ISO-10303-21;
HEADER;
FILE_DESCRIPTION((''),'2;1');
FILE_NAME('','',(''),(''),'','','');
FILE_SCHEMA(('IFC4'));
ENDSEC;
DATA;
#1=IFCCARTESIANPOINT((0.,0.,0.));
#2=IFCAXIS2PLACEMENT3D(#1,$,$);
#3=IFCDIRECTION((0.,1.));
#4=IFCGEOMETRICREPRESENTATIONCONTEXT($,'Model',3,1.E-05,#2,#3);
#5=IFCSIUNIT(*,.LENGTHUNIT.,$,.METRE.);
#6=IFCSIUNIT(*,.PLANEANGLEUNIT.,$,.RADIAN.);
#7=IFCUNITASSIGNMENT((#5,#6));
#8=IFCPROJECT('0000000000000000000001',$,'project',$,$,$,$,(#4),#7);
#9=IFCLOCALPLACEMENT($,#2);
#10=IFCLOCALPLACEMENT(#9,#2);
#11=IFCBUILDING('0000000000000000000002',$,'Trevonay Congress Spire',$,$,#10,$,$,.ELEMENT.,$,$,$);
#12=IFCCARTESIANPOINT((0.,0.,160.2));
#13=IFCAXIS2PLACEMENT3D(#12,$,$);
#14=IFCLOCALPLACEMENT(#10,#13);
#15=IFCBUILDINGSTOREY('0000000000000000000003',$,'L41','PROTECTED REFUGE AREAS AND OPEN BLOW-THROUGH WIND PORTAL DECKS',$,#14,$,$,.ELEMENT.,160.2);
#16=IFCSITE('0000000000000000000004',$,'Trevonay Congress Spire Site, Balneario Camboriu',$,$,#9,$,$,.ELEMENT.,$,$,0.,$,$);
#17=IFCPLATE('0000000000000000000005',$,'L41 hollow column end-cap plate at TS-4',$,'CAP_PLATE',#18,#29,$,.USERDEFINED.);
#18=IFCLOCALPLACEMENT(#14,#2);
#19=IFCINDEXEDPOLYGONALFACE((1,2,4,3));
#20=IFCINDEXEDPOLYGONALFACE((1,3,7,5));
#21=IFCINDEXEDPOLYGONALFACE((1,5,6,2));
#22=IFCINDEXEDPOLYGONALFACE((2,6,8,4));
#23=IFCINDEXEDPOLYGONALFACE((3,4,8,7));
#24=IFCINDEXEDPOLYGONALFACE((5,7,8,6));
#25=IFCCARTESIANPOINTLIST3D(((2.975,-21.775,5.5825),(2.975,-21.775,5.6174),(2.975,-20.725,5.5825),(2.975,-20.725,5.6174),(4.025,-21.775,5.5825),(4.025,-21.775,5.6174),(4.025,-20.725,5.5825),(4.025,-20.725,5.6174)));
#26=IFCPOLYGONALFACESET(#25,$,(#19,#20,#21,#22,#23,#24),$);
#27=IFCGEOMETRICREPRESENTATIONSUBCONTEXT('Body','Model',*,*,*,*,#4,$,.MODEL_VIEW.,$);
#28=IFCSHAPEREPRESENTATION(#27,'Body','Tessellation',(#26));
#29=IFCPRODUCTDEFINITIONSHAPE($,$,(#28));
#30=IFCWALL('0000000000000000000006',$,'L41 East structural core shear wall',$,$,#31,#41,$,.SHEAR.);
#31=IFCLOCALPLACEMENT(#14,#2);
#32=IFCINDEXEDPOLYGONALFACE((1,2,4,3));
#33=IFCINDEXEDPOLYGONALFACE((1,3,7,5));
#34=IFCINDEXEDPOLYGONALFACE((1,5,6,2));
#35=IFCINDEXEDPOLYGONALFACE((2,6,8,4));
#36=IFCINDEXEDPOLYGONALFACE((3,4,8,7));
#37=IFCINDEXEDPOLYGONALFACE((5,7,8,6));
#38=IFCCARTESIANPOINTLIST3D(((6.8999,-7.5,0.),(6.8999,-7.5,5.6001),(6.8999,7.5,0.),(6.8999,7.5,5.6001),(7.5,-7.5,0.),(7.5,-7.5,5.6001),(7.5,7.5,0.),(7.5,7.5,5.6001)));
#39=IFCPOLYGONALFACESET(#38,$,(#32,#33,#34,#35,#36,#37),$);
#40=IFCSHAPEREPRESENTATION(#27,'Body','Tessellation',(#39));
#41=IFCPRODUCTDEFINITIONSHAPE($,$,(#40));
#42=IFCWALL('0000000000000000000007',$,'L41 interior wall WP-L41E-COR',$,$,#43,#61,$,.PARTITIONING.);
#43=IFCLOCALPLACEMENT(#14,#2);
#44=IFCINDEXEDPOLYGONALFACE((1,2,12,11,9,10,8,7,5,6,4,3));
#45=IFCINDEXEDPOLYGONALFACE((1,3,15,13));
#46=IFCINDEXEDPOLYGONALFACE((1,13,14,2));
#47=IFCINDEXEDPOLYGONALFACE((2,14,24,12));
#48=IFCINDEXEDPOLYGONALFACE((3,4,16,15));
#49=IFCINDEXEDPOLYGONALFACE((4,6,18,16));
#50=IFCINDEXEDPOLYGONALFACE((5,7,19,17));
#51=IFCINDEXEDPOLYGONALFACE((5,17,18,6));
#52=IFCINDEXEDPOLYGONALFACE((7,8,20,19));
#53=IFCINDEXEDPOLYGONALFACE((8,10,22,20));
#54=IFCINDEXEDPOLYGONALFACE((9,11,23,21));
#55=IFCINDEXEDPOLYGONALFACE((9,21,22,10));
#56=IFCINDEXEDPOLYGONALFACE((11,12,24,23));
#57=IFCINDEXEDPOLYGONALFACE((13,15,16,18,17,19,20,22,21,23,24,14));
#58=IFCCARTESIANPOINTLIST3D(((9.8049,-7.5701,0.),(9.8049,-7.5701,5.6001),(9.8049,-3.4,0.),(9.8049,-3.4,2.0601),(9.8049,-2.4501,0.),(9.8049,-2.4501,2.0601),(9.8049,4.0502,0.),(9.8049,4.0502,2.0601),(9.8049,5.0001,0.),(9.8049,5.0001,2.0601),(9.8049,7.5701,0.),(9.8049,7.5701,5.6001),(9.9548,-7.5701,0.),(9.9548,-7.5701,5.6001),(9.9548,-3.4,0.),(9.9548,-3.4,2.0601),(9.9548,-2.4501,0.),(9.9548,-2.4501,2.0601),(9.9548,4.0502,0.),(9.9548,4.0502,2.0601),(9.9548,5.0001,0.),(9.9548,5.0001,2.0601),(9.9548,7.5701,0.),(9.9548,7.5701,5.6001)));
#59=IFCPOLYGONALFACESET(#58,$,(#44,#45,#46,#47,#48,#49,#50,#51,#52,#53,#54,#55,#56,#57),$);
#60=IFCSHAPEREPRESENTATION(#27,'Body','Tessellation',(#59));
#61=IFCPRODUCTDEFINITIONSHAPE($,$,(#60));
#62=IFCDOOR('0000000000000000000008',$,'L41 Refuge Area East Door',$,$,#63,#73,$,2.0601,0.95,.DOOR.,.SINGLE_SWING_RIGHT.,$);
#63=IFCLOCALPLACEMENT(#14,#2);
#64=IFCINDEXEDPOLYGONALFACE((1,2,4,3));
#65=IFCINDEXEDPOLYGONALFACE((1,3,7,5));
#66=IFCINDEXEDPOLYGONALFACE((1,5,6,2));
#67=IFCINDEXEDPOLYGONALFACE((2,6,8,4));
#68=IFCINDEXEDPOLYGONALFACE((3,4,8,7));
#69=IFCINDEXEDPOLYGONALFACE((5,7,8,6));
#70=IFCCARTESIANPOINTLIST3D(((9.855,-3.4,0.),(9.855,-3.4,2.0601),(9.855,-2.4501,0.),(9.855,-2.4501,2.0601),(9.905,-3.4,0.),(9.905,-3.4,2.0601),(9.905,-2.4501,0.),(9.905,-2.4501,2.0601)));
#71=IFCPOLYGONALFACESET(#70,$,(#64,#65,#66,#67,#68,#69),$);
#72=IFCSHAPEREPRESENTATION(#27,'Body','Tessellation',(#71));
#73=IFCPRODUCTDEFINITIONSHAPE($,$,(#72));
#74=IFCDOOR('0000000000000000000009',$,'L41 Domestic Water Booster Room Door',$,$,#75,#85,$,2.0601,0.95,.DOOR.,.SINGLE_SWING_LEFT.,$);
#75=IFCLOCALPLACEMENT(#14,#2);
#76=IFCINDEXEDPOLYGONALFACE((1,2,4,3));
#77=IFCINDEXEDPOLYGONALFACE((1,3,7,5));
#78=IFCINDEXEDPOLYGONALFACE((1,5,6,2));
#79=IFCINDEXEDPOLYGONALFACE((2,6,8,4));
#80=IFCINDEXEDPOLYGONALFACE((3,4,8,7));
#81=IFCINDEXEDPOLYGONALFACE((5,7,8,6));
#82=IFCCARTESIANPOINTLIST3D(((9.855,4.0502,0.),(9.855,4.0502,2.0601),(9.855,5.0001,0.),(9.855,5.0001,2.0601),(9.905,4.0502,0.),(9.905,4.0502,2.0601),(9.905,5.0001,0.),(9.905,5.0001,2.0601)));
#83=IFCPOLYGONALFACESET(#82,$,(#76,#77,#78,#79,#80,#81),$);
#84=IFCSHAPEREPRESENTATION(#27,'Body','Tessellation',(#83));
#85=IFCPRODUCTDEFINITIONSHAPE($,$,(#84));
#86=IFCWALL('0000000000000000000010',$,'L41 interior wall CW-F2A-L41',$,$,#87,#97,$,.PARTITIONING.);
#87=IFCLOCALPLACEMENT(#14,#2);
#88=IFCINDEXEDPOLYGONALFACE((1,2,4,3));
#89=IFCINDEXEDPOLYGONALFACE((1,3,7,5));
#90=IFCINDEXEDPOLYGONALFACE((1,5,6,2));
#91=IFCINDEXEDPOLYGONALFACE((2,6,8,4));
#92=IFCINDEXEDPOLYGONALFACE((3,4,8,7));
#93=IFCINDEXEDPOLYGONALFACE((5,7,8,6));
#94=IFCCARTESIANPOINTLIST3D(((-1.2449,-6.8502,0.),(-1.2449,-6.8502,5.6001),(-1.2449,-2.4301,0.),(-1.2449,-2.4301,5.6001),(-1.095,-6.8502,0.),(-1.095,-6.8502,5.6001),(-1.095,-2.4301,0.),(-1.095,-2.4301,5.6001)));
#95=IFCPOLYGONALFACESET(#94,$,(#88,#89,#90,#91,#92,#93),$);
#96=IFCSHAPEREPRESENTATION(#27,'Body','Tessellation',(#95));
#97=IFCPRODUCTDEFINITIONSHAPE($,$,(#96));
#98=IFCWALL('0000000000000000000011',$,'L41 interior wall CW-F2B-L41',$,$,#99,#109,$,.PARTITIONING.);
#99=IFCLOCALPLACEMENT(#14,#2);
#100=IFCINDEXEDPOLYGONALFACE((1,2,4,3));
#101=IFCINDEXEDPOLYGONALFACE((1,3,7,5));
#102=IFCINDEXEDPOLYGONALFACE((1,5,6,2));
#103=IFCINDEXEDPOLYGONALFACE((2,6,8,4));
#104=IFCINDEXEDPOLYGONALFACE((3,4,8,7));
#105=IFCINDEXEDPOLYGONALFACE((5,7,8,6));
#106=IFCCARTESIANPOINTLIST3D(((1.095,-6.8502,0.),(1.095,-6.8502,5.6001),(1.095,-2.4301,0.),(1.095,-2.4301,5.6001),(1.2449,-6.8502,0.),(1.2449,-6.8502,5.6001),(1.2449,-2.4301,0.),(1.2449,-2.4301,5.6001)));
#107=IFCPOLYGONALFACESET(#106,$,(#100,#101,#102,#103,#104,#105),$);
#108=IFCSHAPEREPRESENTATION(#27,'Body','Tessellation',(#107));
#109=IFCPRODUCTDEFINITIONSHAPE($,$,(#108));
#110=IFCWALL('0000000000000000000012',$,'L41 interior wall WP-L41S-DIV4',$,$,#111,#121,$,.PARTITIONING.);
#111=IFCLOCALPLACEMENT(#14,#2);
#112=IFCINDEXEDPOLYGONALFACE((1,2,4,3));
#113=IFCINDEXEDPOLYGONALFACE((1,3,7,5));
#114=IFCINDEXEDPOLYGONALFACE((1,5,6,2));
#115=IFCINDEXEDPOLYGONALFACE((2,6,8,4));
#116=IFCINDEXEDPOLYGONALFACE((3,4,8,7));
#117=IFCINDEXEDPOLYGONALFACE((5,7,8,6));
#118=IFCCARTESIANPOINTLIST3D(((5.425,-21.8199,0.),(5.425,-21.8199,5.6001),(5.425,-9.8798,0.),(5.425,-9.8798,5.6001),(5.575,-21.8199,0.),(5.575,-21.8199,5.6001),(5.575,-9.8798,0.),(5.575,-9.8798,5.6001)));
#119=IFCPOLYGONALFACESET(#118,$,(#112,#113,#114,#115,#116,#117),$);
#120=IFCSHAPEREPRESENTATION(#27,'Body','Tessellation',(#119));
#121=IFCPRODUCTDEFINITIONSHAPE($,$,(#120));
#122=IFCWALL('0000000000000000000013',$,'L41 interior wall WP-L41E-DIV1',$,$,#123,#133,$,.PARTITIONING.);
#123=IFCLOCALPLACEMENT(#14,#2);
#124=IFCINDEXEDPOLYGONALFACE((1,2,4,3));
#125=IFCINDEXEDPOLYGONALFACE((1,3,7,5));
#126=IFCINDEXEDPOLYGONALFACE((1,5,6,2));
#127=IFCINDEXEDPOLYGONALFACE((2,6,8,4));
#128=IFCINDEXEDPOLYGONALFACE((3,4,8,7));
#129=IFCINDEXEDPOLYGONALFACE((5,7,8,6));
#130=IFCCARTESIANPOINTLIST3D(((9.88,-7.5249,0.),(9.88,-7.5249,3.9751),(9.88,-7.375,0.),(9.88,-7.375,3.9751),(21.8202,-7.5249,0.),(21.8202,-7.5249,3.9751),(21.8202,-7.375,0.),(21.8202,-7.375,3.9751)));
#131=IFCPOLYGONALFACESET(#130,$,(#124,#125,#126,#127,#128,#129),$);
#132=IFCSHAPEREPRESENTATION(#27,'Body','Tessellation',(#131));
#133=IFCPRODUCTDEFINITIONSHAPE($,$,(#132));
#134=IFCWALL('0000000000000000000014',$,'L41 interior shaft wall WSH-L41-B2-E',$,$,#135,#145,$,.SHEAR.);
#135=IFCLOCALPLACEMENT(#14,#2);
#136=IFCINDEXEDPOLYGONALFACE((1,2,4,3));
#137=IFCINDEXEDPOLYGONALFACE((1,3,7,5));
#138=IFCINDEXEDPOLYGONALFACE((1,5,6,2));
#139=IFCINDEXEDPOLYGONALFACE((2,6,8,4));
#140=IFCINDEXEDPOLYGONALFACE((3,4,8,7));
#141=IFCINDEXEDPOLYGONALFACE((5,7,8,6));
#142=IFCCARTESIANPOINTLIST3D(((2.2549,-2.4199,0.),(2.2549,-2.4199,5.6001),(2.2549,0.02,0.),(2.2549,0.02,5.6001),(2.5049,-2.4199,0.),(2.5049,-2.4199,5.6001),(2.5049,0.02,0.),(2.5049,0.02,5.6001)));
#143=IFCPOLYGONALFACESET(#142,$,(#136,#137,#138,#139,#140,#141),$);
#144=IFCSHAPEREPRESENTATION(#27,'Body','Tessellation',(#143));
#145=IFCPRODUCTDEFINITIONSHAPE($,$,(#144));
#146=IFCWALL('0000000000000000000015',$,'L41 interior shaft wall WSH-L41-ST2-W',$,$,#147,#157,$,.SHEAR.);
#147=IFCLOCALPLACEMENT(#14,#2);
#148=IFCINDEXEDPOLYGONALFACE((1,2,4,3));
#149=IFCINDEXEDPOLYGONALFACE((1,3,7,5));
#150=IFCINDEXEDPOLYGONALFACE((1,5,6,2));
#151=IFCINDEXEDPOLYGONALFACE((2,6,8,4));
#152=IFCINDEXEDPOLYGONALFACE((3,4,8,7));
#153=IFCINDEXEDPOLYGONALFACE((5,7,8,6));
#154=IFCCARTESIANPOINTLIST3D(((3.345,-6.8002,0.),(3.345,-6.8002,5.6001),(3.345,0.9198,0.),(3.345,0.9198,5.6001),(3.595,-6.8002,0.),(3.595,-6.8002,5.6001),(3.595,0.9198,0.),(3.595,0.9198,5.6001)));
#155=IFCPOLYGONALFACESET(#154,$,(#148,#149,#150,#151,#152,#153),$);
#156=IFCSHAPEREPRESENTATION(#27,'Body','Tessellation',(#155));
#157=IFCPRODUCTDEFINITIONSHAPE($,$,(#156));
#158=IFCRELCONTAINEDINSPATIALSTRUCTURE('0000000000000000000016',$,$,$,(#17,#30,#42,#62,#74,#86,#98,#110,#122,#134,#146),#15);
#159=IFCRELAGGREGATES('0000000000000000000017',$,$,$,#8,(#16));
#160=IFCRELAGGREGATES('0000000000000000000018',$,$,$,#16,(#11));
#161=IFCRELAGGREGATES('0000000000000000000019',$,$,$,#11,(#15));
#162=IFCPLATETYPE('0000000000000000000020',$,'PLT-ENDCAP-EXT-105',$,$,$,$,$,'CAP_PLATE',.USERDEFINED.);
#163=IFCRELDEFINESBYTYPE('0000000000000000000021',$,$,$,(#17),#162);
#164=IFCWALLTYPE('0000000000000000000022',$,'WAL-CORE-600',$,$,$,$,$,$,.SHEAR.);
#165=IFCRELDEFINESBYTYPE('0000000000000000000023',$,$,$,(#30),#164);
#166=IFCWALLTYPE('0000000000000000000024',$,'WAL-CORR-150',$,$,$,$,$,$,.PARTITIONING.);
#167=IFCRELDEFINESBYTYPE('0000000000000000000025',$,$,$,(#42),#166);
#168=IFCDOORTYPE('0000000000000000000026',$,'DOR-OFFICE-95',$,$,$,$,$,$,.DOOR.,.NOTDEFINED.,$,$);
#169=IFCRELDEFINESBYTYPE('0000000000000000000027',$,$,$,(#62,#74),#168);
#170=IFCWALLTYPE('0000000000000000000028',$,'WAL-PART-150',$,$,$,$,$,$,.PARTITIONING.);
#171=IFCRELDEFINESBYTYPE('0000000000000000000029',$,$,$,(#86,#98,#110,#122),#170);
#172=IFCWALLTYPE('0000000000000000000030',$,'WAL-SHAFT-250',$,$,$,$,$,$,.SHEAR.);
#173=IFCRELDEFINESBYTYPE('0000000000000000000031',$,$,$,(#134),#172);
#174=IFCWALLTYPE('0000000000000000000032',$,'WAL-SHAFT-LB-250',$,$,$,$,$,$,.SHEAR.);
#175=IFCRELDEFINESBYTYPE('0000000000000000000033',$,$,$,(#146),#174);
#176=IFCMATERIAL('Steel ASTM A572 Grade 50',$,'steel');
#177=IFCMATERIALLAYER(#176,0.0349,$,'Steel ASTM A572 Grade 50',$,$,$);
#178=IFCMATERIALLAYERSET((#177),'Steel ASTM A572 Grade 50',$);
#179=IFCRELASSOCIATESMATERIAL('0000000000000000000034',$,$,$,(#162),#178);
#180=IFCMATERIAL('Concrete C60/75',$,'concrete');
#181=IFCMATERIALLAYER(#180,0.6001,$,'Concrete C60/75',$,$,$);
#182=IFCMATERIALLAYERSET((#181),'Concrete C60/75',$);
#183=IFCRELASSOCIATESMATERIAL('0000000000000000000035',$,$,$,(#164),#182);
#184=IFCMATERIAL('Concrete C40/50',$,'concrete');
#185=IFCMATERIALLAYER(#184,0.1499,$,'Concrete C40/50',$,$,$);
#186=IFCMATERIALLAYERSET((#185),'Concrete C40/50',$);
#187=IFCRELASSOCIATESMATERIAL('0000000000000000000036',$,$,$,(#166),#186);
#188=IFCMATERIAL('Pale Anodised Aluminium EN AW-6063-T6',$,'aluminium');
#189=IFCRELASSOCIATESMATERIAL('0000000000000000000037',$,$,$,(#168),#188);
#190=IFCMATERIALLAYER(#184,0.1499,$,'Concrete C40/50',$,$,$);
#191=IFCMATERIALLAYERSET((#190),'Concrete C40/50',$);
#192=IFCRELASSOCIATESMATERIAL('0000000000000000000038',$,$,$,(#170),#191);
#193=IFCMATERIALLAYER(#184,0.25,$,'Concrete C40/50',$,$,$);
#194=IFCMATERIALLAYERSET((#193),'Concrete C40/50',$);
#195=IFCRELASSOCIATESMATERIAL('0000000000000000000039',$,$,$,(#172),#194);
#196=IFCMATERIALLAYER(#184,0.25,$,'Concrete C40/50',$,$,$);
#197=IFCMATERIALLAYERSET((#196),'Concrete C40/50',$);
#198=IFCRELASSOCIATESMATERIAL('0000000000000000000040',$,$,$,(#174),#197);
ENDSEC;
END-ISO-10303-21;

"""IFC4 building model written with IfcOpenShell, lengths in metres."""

from ifc_helpers import new_model, si_unit, direction, frame, frame_2d, origin, origin_2d, place, context, subcontext, project, spatial, rectangle, extrude, material, layer, layer_set, type_object, element, fill, save


model = new_model("IFC4")

# Units and contexts
model_context = context("Model", 3, precision=1e-05, world=origin(), true_north=direction((0.0, 1.0)))
body_context = subcontext(model_context, "Body", "Model", "MODEL_VIEW")
ifc_project = project(units=[si_unit("LENGTHUNIT", "METRE"), si_unit("PLANEANGLEUNIT", "RADIAN")], contexts=[model_context])

# Site, building, storey
site_placement = place(None, origin())
site = spatial("IfcSite", under=ifc_project, at=site_placement, Name="Trevonay Congress Spire Site, Balneario Camboriu", CompositionType="ELEMENT", RefElevation=0.0)
building_placement = place(site_placement, origin())
building = spatial("IfcBuilding", under=site, at=building_placement, Name="Trevonay Congress Spire", CompositionType="ELEMENT")
storey_placement = place(building_placement, frame((0.0, 0.0, 160.2)))
storey = spatial("IfcBuildingStorey", under=building, at=storey_placement, Name="L41", Description="PROTECTED REFUGE AREAS AND OPEN BLOW-THROUGH WIND PORTAL DECKS", CompositionType="ELEMENT", Elevation=160.2)

# Shared definitions
ifc_material_1 = material(Name="Steel ASTM A572 Grade 50", Category="steel")

# Plate
ifc_layer_1 = layer(ifc_material_1, 0.0349, Name="Steel ASTM A572 Grade 50")
ifc_layer_set_1 = layer_set([ifc_layer_1], Name="Steel ASTM A572 Grade 50")
plate_type = type_object("IfcPlateType", Name="PLT-ENDCAP-EXT-105", ElementType="CAP_PLATE", PredefinedType="USERDEFINED", material=ifc_layer_set_1)
plate_placement = place(storey_placement, frame((3.5, -21.25, 5.5825), z_axis=(0.0, 0.0, 1.0), x_axis=(1.0, 0.0, 0.0)))
element("IfcPlate", 1, at=plate_placement, inside=storey, type_object=plate_type, Name="L41 hollow column end-cap plate at TS-4", ObjectType="CAP_PLATE", PredefinedType="USERDEFINED", context=body_context, shape_type="SweptSolid", body=[
    extrude(rectangle(XDim=1.05, YDim=1.05, at=origin_2d()), origin(), (0.0, 0.0, 1.0), 0.0349),
])

# Wall
ifc_material_2 = material(Name="Concrete C60/75", Category="concrete")
ifc_layer_2 = layer(ifc_material_2, 0.6001, Name="Concrete C60/75")
ifc_layer_set_2 = layer_set([ifc_layer_2], Name="Concrete C60/75")
wall_type_1 = type_object("IfcWallType", Name="WAL-CORE-600", PredefinedType="SHEAR", material=ifc_layer_set_2)
wall_1_placement = place(storey_placement, frame((7.2, -7.5, 0.0), z_axis=(0.0, 0.0, 1.0), x_axis=(0.0, 1.0, 0.0)))
element("IfcWall", 2, at=wall_1_placement, inside=storey, type_object=wall_type_1, Name="L41 East structural core shear wall", PredefinedType="SHEAR", context=body_context, shape_type="SweptSolid", body=[
    extrude(rectangle(XDim=15.0, YDim=0.6001, at=frame_2d((7.5, 0.0))), origin(), (0.0, 0.0, 1.0), 5.6001),
])

# Wall, openings, doors
ifc_material_3 = material(Name="Concrete C40/50", Category="concrete")
ifc_layer_3 = layer(ifc_material_3, 0.1499, Name="Concrete C40/50")
ifc_layer_set_3 = layer_set([ifc_layer_3], Name="Concrete C40/50")
wall_type_2 = type_object("IfcWallType", Name="WAL-CORR-150", PredefinedType="PARTITIONING", material=ifc_layer_set_3)
wall_2_placement = place(storey_placement, frame((9.8799, -7.5701, 0.0), z_axis=(0.0, 0.0, 1.0), x_axis=(0.0, 1.0, 0.0)))
wall_2 = element("IfcWall", 3, at=wall_2_placement, inside=storey, type_object=wall_type_2, Name="L41 interior wall WP-L41E-COR", PredefinedType="PARTITIONING", context=body_context, shape_type="SweptSolid", body=[
    extrude(rectangle(XDim=15.1401, YDim=0.1499, at=frame_2d((7.5701, 0.0))), origin(), (0.0, 0.0, 1.0), 5.6001),
])
opening_1_placement = place(wall_2_placement, frame((4.1699, 0.0, 0.0)))
opening_1 = element("IfcOpeningElement", 4, at=opening_1_placement, cuts=wall_2, PredefinedType="OPENING", context=body_context, shape_type="SweptSolid", body=[
    extrude(rectangle(XDim=0.95, YDim=2.0601, at=frame_2d((0.4751, 1.03))), frame((0.0, 0.085, 0.0), z_axis=(0.0, -1.0, 0.0), x_axis=(1.0, 0.0, 0.0)), (0.0, 0.0, 1.0), 0.1699),
])
opening_2_placement = place(wall_2_placement, frame((11.6201, 0.0, 0.0)))
opening_2 = element("IfcOpeningElement", 5, at=opening_2_placement, cuts=wall_2, PredefinedType="OPENING", context=body_context, shape_type="SweptSolid", body=[
    extrude(rectangle(XDim=0.95, YDim=2.0601, at=frame_2d((0.4751, 1.03))), frame((0.0, 0.085, 0.0), z_axis=(0.0, -1.0, 0.0), x_axis=(1.0, 0.0, 0.0)), (0.0, 0.0, 1.0), 0.1699),
])
ifc_material_4 = material(Name="Pale Anodised Aluminium EN AW-6063-T6", Category="aluminium")
door_type = type_object("IfcDoorType", Name="DOR-OFFICE-95", OperationType="NOTDEFINED", PredefinedType="DOOR", material=ifc_material_4)
door_1_placement = place(opening_1_placement, origin())
door_1 = element("IfcDoor", 6, at=door_1_placement, inside=storey, type_object=door_type, Name="L41 Refuge Area East Door", OperationType="SINGLE_SWING_RIGHT", OverallHeight=2.0601, OverallWidth=0.95, PredefinedType="DOOR", context=body_context, shape_type="SweptSolid", body=[
    extrude(rectangle(XDim=0.95, YDim=2.0601, at=frame_2d((0.4751, 1.03))), frame((0.0, 0.0249, 0.0), z_axis=(0.0, -1.0, 0.0), x_axis=(1.0, 0.0, 0.0)), (0.0, 0.0, 1.0), 0.05),
])
fill(opening_1, door_1)
door_2_placement = place(opening_2_placement, origin())
door_2 = element("IfcDoor", 7, at=door_2_placement, inside=storey, type_object=door_type, Name="L41 Domestic Water Booster Room Door", OperationType="SINGLE_SWING_LEFT", OverallHeight=2.0601, OverallWidth=0.95, PredefinedType="DOOR", context=body_context, shape_type="SweptSolid", body=[
    extrude(rectangle(XDim=0.95, YDim=2.0601, at=frame_2d((0.4751, 1.03))), frame((0.0, 0.0249, 0.0), z_axis=(0.0, -1.0, 0.0), x_axis=(1.0, 0.0, 0.0)), (0.0, 0.0, 1.0), 0.05),
])
fill(opening_2, door_2)

# Walls
ifc_layer_4 = layer(ifc_material_3, 0.1499, Name="Concrete C40/50")
ifc_layer_set_4 = layer_set([ifc_layer_4], Name="Concrete C40/50")
wall_type_3 = type_object("IfcWallType", Name="WAL-PART-150", PredefinedType="PARTITIONING", material=ifc_layer_set_4)
for number, where, z_axis, x_axis, name in (
    (8, (-1.1699, -6.8501, 0.0), (0.0, 0.0, 1.0), (0.0, 1.0, 0.0), "L41 interior wall CW-F2A-L41"),
    (9, (1.1699, -6.8501, 0.0), (0.0, 0.0, 1.0), (0.0, 1.0, 0.0), "L41 interior wall CW-F2B-L41"),
):
    element("IfcWall", number, at=place(storey_placement, frame(where, z_axis=z_axis, x_axis=x_axis)), inside=storey, type_object=wall_type_3, Name=name, PredefinedType="PARTITIONING", context=body_context, shape_type="SweptSolid", body=[
        extrude(rectangle(XDim=4.4202, YDim=0.1499, at=frame_2d((2.21, 0.0))), origin(), (0.0, 0.0, 1.0), 5.6001),
    ])
wall_3_placement = place(storey_placement, frame((5.5, -21.8201, 0.0), z_axis=(0.0, 0.0, 1.0), x_axis=(0.0, 1.0, 0.0)))
element("IfcWall", 10, at=wall_3_placement, inside=storey, type_object=wall_type_3, Name="L41 interior wall WP-L41S-DIV4", PredefinedType="PARTITIONING", context=body_context, shape_type="SweptSolid", body=[
    extrude(rectangle(XDim=11.9402, YDim=0.1499, at=frame_2d((5.9702, 0.0))), origin(), (0.0, 0.0, 1.0), 5.6001),
])
wall_4_placement = place(storey_placement, frame((9.8799, -7.45, 0.0), z_axis=(0.0, 0.0, 1.0), x_axis=(1.0, 0.0, 0.0)))
element("IfcWall", 11, at=wall_4_placement, inside=storey, type_object=wall_type_3, Name="L41 interior wall WP-L41E-DIV1", PredefinedType="PARTITIONING", context=body_context, shape_type="SweptSolid", body=[
    extrude(rectangle(XDim=11.9402, YDim=0.1499, at=frame_2d((5.9702, 0.0))), origin(), (0.0, 0.0, 1.0), 3.9751),
])
ifc_layer_5 = layer(ifc_material_3, 0.25, Name="Concrete C40/50")
ifc_layer_set_5 = layer_set([ifc_layer_5], Name="Concrete C40/50")
wall_type_4 = type_object("IfcWallType", Name="WAL-SHAFT-250", PredefinedType="SHEAR", material=ifc_layer_set_5)
wall_5_placement = place(storey_placement, frame((2.3799, -2.4199, 0.0), z_axis=(0.0, 0.0, 1.0), x_axis=(0.0, 1.0, 0.0)))
element("IfcWall", 12, at=wall_5_placement, inside=storey, type_object=wall_type_4, Name="L41 interior shaft wall WSH-L41-B2-E", PredefinedType="SHEAR", context=body_context, shape_type="SweptSolid", body=[
    extrude(rectangle(XDim=2.4399, YDim=0.25, at=frame_2d((1.22, 0.0))), origin(), (0.0, 0.0, 1.0), 5.6001),
])
ifc_layer_6 = layer(ifc_material_3, 0.25, Name="Concrete C40/50")
ifc_layer_set_6 = layer_set([ifc_layer_6], Name="Concrete C40/50")
wall_type_5 = type_object("IfcWallType", Name="WAL-SHAFT-LB-250", PredefinedType="SHEAR", material=ifc_layer_set_6)
wall_6_placement = place(storey_placement, frame((3.47, -6.8, 0.0), z_axis=(0.0, 0.0, 1.0), x_axis=(0.0, 1.0, 0.0)))
element("IfcWall", 13, at=wall_6_placement, inside=storey, type_object=wall_type_5, Name="L41 interior shaft wall WSH-L41-ST2-W", PredefinedType="SHEAR", context=body_context, shape_type="SweptSolid", body=[
    extrude(rectangle(XDim=7.72, YDim=0.25, at=frame_2d((3.8599, 0.0))), origin(), (0.0, 0.0, 1.0), 5.6001),
])

save(model, "model.ifc")
